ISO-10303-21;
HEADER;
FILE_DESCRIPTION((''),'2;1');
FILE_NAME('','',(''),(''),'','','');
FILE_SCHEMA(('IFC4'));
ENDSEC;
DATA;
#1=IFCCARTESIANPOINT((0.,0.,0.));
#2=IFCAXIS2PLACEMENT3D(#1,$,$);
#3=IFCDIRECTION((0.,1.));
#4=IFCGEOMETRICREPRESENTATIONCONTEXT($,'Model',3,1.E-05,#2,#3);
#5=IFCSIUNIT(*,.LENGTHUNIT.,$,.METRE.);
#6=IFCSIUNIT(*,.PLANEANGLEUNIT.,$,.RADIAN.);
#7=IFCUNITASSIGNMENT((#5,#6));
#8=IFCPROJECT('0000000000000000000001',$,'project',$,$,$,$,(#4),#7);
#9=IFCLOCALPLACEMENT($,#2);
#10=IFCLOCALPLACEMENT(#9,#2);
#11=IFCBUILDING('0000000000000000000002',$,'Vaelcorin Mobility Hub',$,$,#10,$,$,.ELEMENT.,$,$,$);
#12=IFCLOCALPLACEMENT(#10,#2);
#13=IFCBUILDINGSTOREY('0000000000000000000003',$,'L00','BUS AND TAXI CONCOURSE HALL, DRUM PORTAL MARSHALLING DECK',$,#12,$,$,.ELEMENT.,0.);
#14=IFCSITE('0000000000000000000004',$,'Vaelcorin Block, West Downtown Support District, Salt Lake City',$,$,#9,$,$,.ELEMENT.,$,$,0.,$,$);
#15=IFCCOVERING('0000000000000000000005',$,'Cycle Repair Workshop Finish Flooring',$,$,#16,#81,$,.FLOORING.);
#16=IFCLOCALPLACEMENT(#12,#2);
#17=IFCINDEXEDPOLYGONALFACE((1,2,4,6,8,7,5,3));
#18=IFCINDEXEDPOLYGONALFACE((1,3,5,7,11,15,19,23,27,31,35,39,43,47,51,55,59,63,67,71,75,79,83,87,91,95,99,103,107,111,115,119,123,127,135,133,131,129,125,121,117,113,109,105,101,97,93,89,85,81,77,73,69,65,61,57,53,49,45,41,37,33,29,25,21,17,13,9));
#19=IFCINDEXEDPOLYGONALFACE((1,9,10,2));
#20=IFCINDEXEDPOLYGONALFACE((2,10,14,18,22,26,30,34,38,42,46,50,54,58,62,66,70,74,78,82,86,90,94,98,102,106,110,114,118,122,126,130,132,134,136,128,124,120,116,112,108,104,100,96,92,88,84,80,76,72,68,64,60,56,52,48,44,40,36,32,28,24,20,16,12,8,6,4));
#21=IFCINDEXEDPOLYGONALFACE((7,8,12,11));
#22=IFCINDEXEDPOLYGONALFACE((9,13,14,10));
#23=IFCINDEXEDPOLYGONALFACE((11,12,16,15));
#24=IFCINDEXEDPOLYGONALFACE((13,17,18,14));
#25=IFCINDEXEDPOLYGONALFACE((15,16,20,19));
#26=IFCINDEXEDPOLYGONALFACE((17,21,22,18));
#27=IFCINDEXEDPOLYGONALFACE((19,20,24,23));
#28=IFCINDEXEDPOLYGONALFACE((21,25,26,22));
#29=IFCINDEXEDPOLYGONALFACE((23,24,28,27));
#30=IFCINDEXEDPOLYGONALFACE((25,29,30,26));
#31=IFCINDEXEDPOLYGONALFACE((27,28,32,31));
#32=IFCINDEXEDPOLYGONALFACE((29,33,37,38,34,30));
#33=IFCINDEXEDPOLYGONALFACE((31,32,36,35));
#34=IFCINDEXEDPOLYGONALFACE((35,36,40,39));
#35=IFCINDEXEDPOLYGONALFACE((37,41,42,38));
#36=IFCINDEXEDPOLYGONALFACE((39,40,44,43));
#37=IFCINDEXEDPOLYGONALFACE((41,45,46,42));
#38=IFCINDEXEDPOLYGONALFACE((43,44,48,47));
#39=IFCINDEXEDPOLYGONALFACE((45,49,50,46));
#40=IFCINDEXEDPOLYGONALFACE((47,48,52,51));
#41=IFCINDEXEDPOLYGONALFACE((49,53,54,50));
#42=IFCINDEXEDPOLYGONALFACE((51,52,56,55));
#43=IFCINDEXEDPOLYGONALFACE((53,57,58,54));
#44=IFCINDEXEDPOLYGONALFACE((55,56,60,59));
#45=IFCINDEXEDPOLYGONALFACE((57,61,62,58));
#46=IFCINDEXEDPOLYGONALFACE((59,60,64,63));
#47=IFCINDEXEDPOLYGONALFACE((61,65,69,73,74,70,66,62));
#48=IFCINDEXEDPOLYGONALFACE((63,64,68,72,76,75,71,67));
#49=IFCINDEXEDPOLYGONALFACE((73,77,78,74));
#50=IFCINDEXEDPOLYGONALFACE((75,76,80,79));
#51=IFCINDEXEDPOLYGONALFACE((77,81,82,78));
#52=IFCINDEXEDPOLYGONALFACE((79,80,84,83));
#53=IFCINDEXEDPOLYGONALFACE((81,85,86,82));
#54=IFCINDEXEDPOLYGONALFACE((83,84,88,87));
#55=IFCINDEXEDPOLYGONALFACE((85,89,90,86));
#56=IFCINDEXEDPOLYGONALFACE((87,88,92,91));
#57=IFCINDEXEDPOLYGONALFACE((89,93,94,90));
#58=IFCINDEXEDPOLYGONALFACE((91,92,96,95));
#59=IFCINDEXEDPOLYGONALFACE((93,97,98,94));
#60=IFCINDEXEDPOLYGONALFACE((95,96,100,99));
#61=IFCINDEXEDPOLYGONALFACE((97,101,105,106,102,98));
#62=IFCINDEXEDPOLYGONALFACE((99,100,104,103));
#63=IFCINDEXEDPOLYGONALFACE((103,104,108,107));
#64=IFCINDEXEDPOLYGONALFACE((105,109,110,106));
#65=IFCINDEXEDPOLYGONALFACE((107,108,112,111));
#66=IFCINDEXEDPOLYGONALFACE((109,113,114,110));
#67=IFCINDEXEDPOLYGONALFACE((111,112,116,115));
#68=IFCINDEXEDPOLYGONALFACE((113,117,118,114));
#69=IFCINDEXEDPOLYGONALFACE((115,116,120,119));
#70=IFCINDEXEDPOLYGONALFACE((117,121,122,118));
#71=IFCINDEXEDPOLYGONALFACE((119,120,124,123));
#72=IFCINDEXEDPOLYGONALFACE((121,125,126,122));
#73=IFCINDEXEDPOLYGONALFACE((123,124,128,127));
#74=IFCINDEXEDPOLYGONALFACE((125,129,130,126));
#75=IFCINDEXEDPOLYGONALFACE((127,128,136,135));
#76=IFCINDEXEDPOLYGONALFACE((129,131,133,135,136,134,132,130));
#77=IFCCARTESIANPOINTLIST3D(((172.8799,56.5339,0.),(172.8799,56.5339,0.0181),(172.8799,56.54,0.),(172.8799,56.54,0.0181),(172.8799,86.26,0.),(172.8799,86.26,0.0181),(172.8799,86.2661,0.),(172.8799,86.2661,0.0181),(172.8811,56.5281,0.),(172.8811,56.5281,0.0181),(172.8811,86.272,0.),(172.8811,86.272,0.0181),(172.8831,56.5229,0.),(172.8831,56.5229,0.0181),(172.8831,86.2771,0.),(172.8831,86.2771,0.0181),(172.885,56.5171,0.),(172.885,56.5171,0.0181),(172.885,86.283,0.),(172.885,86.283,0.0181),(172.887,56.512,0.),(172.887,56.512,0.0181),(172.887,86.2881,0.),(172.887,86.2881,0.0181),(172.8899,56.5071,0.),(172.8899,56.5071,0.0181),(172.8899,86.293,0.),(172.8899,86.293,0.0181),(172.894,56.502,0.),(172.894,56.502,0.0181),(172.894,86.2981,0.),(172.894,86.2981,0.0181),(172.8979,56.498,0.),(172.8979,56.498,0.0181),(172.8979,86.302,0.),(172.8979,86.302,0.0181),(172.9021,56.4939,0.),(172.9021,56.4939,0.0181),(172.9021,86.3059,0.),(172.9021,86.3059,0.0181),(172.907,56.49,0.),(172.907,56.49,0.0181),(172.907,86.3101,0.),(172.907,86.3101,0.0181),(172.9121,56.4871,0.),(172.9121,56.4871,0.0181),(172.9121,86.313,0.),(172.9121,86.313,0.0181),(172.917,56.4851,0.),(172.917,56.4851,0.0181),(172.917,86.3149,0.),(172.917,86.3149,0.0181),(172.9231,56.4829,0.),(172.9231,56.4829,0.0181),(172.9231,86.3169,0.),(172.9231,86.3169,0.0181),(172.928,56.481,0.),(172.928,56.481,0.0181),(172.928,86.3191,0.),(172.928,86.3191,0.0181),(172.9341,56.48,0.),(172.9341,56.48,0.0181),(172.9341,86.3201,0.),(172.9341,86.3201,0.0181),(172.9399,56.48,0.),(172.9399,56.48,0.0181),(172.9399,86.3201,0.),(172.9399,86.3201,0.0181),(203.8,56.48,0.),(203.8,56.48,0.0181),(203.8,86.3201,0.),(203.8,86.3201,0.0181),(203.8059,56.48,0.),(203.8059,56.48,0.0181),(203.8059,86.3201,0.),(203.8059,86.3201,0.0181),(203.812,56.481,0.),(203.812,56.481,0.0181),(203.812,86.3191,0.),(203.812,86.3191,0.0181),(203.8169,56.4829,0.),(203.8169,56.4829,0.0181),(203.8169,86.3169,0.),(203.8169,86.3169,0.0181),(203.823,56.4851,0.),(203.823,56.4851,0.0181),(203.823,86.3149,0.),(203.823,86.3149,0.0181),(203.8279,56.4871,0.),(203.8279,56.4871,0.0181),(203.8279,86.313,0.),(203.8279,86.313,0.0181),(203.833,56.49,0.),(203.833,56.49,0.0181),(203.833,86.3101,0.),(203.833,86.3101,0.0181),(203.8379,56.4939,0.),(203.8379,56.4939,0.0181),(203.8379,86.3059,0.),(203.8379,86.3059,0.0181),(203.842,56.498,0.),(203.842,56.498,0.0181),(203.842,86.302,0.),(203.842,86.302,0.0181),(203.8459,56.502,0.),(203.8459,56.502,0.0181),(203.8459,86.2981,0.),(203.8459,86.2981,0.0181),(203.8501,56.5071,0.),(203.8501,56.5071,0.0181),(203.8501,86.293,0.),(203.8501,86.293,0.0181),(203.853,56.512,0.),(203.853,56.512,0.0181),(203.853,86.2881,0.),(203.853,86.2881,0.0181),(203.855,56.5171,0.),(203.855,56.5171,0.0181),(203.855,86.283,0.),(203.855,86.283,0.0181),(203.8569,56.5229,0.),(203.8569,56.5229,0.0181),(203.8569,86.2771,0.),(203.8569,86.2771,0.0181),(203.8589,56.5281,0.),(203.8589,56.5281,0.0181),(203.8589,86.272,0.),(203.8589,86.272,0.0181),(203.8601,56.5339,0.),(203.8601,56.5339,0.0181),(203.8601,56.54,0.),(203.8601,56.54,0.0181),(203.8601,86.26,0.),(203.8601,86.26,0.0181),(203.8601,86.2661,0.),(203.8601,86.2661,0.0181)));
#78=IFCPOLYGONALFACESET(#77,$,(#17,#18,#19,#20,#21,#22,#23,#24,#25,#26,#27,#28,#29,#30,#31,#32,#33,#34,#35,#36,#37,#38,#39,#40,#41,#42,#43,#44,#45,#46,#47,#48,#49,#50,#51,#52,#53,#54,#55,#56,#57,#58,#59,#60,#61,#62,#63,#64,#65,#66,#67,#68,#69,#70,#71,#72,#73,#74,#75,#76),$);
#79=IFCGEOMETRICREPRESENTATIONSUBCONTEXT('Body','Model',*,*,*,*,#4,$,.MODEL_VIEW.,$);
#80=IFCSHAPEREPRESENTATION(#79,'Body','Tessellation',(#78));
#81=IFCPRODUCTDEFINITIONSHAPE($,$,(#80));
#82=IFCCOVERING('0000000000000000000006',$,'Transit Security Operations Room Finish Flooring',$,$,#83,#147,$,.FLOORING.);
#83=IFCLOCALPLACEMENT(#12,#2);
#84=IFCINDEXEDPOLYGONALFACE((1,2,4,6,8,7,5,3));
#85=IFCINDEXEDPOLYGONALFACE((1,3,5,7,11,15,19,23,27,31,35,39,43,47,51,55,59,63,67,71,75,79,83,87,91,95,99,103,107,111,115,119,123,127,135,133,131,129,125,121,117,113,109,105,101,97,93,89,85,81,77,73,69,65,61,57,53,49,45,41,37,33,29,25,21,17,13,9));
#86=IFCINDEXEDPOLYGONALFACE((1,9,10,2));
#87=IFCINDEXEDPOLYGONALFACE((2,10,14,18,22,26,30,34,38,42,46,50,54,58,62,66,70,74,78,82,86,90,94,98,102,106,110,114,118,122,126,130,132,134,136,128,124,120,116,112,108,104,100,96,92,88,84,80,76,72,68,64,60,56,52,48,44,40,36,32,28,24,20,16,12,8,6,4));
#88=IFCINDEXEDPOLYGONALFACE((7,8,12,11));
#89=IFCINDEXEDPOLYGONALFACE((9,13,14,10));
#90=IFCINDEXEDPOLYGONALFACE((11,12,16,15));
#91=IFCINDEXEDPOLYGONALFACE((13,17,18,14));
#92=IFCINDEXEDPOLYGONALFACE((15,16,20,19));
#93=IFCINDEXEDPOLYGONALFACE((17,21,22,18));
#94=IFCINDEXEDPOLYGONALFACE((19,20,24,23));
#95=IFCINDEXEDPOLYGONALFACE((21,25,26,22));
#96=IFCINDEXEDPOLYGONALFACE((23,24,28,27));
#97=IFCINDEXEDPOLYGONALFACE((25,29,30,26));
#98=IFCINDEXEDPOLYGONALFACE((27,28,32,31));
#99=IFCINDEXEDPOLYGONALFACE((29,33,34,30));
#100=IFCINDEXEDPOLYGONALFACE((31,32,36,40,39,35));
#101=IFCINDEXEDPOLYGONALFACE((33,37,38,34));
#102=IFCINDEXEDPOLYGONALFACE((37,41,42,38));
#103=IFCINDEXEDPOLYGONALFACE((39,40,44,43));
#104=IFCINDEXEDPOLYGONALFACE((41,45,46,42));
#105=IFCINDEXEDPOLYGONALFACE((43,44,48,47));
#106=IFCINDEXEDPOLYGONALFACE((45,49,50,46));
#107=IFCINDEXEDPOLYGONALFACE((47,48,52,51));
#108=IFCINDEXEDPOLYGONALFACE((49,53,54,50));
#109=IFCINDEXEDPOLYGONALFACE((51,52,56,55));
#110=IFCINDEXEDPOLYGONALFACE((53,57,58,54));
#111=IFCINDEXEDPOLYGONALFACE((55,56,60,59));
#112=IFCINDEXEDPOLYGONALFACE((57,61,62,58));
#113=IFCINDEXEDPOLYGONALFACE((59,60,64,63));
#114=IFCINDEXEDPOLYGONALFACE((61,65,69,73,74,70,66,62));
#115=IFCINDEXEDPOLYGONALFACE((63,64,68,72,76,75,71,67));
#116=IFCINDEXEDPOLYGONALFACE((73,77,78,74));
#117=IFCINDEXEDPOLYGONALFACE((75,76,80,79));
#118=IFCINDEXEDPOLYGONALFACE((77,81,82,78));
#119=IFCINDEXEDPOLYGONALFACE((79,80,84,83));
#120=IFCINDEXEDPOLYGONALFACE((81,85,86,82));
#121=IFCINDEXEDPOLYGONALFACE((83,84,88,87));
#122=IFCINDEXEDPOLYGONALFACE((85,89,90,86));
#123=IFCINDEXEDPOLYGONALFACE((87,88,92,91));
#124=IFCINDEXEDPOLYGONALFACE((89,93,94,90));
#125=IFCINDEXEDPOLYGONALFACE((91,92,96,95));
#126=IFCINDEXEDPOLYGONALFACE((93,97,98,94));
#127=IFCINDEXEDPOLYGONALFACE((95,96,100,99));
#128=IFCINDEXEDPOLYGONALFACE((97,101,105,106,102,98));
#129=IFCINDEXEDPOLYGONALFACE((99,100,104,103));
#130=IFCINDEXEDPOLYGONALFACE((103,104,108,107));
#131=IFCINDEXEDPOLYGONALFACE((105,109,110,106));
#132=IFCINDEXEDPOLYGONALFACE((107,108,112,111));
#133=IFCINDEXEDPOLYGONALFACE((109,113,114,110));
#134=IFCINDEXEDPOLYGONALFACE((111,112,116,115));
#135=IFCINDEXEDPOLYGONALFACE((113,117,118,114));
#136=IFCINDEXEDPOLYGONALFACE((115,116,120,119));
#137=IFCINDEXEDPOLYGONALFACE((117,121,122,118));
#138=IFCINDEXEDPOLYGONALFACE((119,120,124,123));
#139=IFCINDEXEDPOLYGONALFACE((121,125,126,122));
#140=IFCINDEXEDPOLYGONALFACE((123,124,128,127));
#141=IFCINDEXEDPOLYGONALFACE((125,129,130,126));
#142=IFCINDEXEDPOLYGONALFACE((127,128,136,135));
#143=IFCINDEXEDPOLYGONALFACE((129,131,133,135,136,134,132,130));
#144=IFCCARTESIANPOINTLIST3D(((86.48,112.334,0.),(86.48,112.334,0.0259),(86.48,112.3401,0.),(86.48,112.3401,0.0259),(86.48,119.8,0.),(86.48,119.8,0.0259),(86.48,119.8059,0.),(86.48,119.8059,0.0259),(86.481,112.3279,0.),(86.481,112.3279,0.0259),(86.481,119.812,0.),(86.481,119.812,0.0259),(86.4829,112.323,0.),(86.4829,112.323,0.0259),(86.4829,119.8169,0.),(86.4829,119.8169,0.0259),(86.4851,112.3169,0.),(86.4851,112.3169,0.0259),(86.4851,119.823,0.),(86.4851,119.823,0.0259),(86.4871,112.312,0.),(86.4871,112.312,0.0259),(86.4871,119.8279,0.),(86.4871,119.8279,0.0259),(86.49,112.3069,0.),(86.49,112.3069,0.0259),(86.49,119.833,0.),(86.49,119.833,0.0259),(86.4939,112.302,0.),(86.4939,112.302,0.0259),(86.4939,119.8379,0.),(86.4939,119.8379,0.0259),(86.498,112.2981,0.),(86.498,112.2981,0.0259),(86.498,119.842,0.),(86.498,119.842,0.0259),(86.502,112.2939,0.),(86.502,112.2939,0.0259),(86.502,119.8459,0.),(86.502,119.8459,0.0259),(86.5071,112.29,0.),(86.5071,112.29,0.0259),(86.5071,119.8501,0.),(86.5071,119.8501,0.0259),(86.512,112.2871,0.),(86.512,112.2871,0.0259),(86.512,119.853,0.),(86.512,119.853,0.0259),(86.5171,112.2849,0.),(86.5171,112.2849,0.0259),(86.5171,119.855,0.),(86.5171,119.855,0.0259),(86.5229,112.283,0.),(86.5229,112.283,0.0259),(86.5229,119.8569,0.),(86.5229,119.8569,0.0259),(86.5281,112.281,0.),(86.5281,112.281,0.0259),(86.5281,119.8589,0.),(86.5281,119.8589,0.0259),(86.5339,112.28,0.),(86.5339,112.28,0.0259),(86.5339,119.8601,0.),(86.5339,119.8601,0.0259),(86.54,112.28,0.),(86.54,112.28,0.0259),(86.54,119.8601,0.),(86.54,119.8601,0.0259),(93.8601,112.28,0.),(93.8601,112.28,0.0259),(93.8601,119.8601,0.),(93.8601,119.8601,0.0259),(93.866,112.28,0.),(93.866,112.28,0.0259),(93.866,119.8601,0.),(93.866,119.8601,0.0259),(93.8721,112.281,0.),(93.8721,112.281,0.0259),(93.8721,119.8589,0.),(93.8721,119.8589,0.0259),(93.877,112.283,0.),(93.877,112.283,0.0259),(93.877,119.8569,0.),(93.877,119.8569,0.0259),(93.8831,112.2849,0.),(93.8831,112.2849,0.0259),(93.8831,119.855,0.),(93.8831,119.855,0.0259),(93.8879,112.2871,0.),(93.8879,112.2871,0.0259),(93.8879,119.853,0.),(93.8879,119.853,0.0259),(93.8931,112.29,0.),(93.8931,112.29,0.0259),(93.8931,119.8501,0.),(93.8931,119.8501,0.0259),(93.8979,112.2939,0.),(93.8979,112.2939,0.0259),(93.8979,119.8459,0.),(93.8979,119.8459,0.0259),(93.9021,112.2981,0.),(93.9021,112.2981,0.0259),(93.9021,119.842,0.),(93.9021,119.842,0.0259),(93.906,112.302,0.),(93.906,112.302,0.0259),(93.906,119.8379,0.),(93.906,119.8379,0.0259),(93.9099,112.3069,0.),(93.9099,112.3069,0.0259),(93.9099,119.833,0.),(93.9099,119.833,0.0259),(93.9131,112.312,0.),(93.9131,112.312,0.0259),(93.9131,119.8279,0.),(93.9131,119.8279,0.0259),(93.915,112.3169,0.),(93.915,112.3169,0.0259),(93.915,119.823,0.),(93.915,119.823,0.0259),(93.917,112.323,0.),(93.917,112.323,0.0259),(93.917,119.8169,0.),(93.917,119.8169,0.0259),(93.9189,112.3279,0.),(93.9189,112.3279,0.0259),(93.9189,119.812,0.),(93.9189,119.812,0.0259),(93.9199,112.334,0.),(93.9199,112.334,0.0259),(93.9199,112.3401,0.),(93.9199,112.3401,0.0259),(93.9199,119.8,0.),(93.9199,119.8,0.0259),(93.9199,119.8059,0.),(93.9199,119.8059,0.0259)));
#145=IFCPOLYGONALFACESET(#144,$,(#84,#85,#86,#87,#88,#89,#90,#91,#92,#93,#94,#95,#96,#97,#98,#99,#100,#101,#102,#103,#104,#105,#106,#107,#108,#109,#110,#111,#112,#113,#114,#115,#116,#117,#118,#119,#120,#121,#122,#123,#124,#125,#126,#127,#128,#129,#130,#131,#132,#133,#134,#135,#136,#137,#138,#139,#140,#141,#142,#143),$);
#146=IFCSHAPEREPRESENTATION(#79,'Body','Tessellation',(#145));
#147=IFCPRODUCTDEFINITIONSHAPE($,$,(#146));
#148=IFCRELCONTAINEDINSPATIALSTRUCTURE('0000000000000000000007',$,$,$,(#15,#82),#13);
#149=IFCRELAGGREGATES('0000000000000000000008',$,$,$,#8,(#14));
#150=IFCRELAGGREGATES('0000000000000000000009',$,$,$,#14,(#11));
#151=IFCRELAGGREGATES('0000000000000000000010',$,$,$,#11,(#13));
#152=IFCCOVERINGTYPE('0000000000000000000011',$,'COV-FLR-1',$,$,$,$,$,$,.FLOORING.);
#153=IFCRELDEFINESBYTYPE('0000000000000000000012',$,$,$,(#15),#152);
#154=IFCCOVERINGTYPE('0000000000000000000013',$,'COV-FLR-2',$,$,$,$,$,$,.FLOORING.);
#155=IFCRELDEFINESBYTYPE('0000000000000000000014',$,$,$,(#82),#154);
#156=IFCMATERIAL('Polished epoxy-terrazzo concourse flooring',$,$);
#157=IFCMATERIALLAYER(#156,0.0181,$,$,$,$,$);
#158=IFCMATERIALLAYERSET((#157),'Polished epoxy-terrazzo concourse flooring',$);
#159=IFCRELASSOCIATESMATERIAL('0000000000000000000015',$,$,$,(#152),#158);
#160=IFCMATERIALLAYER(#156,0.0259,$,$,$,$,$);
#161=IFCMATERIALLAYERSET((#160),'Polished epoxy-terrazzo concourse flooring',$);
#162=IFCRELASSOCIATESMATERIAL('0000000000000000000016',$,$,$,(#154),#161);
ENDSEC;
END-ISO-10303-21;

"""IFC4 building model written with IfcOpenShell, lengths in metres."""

from ifc_helpers import new_model, si_unit, direction, origin, place, context, subcontext, project, spatial, polyline, outline, extrude, material, layer, layer_set, type_object, element, save


model = new_model("IFC4")

# Units and contexts
model_context = context("Model", 3, precision=1e-05, world=origin(), true_north=direction((0.0, 1.0)))
body_context = subcontext(model_context, "Body", "Model", "MODEL_VIEW")
ifc_project = project(units=[si_unit("LENGTHUNIT", "METRE"), si_unit("PLANEANGLEUNIT", "RADIAN")], contexts=[model_context])

# Site, building, storey
site_placement = place(None, origin())
site = spatial("IfcSite", under=ifc_project, at=site_placement, Name="Vaelcorin Block, West Downtown Support District, Salt Lake City", CompositionType="ELEMENT", RefElevation=0.0)
building_placement = place(site_placement, origin())
building = spatial("IfcBuilding", under=site, at=building_placement, Name="Vaelcorin Mobility Hub", CompositionType="ELEMENT")
storey_placement = place(building_placement, origin())
storey = spatial("IfcBuildingStorey", under=building, at=storey_placement, Name="L00", Description="BUS AND TAXI CONCOURSE HALL, DRUM PORTAL MARSHALLING DECK", CompositionType="ELEMENT", Elevation=0.0)

# Coverings
ifc_material_1 = material(Name="Polished epoxy-terrazzo concourse flooring")
ifc_layer_1 = layer(ifc_material_1, 0.0181)
ifc_layer_set_1 = layer_set([ifc_layer_1], Name="Polished epoxy-terrazzo concourse flooring")
covering_type_1 = type_object("IfcCoveringType", Name="COV-FLR-1", PredefinedType="FLOORING", material=ifc_layer_set_1)
covering_1_placement = place(storey_placement, origin())
element("IfcCovering", 1, at=covering_1_placement, inside=storey, type_object=covering_type_1, Name="Cycle Repair Workshop Finish Flooring", PredefinedType="FLOORING", context=body_context, shape_type="SweptSolid", body=[
    extrude(outline(polyline([(172.9399, 56.48), (172.9341, 56.48), (172.928, 56.481), (172.9231, 56.4829), (172.917, 56.4851), (172.9121, 56.4871), (172.907, 56.49), (172.9021, 56.4939), (172.8979, 56.498), (172.894, 56.502), (172.8899, 56.5071), (172.887, 56.512), (172.885, 56.5171), (172.8831, 56.5229), (172.8811, 56.5281), (172.8799, 56.5339), (172.8799, 56.54), (172.8799, 86.26), (172.8799, 86.2661), (172.8811, 86.272), (172.8831, 86.2771), (172.885, 86.283), (172.887, 86.2881), (172.8899, 86.293), (172.894, 86.2981), (172.8979, 86.302), (172.9021, 86.3059), (172.907, 86.3101), (172.9121, 86.313), (172.917, 86.3149), (172.9231, 86.3169), (172.928, 86.3191), (172.9341, 86.3201), (172.9399, 86.3201), (203.8, 86.3201), (203.8059, 86.3201), (203.812, 86.3191), (203.8169, 86.3169), (203.823, 86.3149), (203.8279, 86.313), (203.833, 86.3101), (203.8379, 86.3059), (203.842, 86.302), (203.8459, 86.2981), (203.8501, 86.293), (203.853, 86.2881), (203.855, 86.283), (203.8569, 86.2771), (203.8589, 86.272), (203.8601, 86.2661), (203.8601, 86.26), (203.8601, 56.54), (203.8601, 56.5339), (203.8589, 56.5281), (203.8569, 56.5229), (203.855, 56.5171), (203.853, 56.512), (203.8501, 56.5071), (203.8459, 56.502), (203.842, 56.498), (203.8379, 56.4939), (203.833, 56.49), (203.8279, 56.4871), (203.823, 56.4851), (203.8169, 56.4829), (203.812, 56.481), (203.8059, 56.48), (203.8, 56.48), (172.9399, 56.48)])), origin(), (0.0, 0.0, 1.0), 0.0181),
])
ifc_layer_2 = layer(ifc_material_1, 0.0259)
ifc_layer_set_2 = layer_set([ifc_layer_2], Name="Polished epoxy-terrazzo concourse flooring")
covering_type_2 = type_object("IfcCoveringType", Name="COV-FLR-2", PredefinedType="FLOORING", material=ifc_layer_set_2)
covering_2_placement = place(storey_placement, origin())
element("IfcCovering", 2, at=covering_2_placement, inside=storey, type_object=covering_type_2, Name="Transit Security Operations Room Finish Flooring", PredefinedType="FLOORING", context=body_context, shape_type="SweptSolid", body=[
    extrude(outline(polyline([(86.54, 112.28), (86.5339, 112.28), (86.5281, 112.281), (86.5229, 112.283), (86.5171, 112.2849), (86.512, 112.2871), (86.5071, 112.29), (86.502, 112.2939), (86.498, 112.2981), (86.4939, 112.302), (86.49, 112.3069), (86.4871, 112.312), (86.4851, 112.3169), (86.4829, 112.323), (86.481, 112.3279), (86.48, 112.334), (86.48, 112.3401), (86.48, 119.8), (86.48, 119.8059), (86.481, 119.812), (86.4829, 119.8169), (86.4851, 119.823), (86.4871, 119.8279), (86.49, 119.833), (86.4939, 119.8379), (86.498, 119.842), (86.502, 119.8459), (86.5071, 119.8501), (86.512, 119.853), (86.5171, 119.855), (86.5229, 119.8569), (86.5281, 119.8589), (86.5339, 119.8601), (86.54, 119.8601), (93.8601, 119.8601), (93.866, 119.8601), (93.8721, 119.8589), (93.877, 119.8569), (93.8831, 119.855), (93.8879, 119.853), (93.8931, 119.8501), (93.8979, 119.8459), (93.9021, 119.842), (93.906, 119.8379), (93.9099, 119.833), (93.9131, 119.8279), (93.915, 119.823), (93.917, 119.8169), (93.9189, 119.812), (93.9199, 119.8059), (93.9199, 119.8), (93.9199, 112.3401), (93.9199, 112.334), (93.9189, 112.3279), (93.917, 112.323), (93.915, 112.3169), (93.9131, 112.312), (93.9099, 112.3069), (93.906, 112.302), (93.9021, 112.2981), (93.8979, 112.2939), (93.8931, 112.29), (93.8879, 112.2871), (93.8831, 112.2849), (93.877, 112.283), (93.8721, 112.281), (93.866, 112.28), (93.8601, 112.28), (86.54, 112.28)])), origin(), (0.0, 0.0, 1.0), 0.0259),
])

save(model, "model.ifc")
